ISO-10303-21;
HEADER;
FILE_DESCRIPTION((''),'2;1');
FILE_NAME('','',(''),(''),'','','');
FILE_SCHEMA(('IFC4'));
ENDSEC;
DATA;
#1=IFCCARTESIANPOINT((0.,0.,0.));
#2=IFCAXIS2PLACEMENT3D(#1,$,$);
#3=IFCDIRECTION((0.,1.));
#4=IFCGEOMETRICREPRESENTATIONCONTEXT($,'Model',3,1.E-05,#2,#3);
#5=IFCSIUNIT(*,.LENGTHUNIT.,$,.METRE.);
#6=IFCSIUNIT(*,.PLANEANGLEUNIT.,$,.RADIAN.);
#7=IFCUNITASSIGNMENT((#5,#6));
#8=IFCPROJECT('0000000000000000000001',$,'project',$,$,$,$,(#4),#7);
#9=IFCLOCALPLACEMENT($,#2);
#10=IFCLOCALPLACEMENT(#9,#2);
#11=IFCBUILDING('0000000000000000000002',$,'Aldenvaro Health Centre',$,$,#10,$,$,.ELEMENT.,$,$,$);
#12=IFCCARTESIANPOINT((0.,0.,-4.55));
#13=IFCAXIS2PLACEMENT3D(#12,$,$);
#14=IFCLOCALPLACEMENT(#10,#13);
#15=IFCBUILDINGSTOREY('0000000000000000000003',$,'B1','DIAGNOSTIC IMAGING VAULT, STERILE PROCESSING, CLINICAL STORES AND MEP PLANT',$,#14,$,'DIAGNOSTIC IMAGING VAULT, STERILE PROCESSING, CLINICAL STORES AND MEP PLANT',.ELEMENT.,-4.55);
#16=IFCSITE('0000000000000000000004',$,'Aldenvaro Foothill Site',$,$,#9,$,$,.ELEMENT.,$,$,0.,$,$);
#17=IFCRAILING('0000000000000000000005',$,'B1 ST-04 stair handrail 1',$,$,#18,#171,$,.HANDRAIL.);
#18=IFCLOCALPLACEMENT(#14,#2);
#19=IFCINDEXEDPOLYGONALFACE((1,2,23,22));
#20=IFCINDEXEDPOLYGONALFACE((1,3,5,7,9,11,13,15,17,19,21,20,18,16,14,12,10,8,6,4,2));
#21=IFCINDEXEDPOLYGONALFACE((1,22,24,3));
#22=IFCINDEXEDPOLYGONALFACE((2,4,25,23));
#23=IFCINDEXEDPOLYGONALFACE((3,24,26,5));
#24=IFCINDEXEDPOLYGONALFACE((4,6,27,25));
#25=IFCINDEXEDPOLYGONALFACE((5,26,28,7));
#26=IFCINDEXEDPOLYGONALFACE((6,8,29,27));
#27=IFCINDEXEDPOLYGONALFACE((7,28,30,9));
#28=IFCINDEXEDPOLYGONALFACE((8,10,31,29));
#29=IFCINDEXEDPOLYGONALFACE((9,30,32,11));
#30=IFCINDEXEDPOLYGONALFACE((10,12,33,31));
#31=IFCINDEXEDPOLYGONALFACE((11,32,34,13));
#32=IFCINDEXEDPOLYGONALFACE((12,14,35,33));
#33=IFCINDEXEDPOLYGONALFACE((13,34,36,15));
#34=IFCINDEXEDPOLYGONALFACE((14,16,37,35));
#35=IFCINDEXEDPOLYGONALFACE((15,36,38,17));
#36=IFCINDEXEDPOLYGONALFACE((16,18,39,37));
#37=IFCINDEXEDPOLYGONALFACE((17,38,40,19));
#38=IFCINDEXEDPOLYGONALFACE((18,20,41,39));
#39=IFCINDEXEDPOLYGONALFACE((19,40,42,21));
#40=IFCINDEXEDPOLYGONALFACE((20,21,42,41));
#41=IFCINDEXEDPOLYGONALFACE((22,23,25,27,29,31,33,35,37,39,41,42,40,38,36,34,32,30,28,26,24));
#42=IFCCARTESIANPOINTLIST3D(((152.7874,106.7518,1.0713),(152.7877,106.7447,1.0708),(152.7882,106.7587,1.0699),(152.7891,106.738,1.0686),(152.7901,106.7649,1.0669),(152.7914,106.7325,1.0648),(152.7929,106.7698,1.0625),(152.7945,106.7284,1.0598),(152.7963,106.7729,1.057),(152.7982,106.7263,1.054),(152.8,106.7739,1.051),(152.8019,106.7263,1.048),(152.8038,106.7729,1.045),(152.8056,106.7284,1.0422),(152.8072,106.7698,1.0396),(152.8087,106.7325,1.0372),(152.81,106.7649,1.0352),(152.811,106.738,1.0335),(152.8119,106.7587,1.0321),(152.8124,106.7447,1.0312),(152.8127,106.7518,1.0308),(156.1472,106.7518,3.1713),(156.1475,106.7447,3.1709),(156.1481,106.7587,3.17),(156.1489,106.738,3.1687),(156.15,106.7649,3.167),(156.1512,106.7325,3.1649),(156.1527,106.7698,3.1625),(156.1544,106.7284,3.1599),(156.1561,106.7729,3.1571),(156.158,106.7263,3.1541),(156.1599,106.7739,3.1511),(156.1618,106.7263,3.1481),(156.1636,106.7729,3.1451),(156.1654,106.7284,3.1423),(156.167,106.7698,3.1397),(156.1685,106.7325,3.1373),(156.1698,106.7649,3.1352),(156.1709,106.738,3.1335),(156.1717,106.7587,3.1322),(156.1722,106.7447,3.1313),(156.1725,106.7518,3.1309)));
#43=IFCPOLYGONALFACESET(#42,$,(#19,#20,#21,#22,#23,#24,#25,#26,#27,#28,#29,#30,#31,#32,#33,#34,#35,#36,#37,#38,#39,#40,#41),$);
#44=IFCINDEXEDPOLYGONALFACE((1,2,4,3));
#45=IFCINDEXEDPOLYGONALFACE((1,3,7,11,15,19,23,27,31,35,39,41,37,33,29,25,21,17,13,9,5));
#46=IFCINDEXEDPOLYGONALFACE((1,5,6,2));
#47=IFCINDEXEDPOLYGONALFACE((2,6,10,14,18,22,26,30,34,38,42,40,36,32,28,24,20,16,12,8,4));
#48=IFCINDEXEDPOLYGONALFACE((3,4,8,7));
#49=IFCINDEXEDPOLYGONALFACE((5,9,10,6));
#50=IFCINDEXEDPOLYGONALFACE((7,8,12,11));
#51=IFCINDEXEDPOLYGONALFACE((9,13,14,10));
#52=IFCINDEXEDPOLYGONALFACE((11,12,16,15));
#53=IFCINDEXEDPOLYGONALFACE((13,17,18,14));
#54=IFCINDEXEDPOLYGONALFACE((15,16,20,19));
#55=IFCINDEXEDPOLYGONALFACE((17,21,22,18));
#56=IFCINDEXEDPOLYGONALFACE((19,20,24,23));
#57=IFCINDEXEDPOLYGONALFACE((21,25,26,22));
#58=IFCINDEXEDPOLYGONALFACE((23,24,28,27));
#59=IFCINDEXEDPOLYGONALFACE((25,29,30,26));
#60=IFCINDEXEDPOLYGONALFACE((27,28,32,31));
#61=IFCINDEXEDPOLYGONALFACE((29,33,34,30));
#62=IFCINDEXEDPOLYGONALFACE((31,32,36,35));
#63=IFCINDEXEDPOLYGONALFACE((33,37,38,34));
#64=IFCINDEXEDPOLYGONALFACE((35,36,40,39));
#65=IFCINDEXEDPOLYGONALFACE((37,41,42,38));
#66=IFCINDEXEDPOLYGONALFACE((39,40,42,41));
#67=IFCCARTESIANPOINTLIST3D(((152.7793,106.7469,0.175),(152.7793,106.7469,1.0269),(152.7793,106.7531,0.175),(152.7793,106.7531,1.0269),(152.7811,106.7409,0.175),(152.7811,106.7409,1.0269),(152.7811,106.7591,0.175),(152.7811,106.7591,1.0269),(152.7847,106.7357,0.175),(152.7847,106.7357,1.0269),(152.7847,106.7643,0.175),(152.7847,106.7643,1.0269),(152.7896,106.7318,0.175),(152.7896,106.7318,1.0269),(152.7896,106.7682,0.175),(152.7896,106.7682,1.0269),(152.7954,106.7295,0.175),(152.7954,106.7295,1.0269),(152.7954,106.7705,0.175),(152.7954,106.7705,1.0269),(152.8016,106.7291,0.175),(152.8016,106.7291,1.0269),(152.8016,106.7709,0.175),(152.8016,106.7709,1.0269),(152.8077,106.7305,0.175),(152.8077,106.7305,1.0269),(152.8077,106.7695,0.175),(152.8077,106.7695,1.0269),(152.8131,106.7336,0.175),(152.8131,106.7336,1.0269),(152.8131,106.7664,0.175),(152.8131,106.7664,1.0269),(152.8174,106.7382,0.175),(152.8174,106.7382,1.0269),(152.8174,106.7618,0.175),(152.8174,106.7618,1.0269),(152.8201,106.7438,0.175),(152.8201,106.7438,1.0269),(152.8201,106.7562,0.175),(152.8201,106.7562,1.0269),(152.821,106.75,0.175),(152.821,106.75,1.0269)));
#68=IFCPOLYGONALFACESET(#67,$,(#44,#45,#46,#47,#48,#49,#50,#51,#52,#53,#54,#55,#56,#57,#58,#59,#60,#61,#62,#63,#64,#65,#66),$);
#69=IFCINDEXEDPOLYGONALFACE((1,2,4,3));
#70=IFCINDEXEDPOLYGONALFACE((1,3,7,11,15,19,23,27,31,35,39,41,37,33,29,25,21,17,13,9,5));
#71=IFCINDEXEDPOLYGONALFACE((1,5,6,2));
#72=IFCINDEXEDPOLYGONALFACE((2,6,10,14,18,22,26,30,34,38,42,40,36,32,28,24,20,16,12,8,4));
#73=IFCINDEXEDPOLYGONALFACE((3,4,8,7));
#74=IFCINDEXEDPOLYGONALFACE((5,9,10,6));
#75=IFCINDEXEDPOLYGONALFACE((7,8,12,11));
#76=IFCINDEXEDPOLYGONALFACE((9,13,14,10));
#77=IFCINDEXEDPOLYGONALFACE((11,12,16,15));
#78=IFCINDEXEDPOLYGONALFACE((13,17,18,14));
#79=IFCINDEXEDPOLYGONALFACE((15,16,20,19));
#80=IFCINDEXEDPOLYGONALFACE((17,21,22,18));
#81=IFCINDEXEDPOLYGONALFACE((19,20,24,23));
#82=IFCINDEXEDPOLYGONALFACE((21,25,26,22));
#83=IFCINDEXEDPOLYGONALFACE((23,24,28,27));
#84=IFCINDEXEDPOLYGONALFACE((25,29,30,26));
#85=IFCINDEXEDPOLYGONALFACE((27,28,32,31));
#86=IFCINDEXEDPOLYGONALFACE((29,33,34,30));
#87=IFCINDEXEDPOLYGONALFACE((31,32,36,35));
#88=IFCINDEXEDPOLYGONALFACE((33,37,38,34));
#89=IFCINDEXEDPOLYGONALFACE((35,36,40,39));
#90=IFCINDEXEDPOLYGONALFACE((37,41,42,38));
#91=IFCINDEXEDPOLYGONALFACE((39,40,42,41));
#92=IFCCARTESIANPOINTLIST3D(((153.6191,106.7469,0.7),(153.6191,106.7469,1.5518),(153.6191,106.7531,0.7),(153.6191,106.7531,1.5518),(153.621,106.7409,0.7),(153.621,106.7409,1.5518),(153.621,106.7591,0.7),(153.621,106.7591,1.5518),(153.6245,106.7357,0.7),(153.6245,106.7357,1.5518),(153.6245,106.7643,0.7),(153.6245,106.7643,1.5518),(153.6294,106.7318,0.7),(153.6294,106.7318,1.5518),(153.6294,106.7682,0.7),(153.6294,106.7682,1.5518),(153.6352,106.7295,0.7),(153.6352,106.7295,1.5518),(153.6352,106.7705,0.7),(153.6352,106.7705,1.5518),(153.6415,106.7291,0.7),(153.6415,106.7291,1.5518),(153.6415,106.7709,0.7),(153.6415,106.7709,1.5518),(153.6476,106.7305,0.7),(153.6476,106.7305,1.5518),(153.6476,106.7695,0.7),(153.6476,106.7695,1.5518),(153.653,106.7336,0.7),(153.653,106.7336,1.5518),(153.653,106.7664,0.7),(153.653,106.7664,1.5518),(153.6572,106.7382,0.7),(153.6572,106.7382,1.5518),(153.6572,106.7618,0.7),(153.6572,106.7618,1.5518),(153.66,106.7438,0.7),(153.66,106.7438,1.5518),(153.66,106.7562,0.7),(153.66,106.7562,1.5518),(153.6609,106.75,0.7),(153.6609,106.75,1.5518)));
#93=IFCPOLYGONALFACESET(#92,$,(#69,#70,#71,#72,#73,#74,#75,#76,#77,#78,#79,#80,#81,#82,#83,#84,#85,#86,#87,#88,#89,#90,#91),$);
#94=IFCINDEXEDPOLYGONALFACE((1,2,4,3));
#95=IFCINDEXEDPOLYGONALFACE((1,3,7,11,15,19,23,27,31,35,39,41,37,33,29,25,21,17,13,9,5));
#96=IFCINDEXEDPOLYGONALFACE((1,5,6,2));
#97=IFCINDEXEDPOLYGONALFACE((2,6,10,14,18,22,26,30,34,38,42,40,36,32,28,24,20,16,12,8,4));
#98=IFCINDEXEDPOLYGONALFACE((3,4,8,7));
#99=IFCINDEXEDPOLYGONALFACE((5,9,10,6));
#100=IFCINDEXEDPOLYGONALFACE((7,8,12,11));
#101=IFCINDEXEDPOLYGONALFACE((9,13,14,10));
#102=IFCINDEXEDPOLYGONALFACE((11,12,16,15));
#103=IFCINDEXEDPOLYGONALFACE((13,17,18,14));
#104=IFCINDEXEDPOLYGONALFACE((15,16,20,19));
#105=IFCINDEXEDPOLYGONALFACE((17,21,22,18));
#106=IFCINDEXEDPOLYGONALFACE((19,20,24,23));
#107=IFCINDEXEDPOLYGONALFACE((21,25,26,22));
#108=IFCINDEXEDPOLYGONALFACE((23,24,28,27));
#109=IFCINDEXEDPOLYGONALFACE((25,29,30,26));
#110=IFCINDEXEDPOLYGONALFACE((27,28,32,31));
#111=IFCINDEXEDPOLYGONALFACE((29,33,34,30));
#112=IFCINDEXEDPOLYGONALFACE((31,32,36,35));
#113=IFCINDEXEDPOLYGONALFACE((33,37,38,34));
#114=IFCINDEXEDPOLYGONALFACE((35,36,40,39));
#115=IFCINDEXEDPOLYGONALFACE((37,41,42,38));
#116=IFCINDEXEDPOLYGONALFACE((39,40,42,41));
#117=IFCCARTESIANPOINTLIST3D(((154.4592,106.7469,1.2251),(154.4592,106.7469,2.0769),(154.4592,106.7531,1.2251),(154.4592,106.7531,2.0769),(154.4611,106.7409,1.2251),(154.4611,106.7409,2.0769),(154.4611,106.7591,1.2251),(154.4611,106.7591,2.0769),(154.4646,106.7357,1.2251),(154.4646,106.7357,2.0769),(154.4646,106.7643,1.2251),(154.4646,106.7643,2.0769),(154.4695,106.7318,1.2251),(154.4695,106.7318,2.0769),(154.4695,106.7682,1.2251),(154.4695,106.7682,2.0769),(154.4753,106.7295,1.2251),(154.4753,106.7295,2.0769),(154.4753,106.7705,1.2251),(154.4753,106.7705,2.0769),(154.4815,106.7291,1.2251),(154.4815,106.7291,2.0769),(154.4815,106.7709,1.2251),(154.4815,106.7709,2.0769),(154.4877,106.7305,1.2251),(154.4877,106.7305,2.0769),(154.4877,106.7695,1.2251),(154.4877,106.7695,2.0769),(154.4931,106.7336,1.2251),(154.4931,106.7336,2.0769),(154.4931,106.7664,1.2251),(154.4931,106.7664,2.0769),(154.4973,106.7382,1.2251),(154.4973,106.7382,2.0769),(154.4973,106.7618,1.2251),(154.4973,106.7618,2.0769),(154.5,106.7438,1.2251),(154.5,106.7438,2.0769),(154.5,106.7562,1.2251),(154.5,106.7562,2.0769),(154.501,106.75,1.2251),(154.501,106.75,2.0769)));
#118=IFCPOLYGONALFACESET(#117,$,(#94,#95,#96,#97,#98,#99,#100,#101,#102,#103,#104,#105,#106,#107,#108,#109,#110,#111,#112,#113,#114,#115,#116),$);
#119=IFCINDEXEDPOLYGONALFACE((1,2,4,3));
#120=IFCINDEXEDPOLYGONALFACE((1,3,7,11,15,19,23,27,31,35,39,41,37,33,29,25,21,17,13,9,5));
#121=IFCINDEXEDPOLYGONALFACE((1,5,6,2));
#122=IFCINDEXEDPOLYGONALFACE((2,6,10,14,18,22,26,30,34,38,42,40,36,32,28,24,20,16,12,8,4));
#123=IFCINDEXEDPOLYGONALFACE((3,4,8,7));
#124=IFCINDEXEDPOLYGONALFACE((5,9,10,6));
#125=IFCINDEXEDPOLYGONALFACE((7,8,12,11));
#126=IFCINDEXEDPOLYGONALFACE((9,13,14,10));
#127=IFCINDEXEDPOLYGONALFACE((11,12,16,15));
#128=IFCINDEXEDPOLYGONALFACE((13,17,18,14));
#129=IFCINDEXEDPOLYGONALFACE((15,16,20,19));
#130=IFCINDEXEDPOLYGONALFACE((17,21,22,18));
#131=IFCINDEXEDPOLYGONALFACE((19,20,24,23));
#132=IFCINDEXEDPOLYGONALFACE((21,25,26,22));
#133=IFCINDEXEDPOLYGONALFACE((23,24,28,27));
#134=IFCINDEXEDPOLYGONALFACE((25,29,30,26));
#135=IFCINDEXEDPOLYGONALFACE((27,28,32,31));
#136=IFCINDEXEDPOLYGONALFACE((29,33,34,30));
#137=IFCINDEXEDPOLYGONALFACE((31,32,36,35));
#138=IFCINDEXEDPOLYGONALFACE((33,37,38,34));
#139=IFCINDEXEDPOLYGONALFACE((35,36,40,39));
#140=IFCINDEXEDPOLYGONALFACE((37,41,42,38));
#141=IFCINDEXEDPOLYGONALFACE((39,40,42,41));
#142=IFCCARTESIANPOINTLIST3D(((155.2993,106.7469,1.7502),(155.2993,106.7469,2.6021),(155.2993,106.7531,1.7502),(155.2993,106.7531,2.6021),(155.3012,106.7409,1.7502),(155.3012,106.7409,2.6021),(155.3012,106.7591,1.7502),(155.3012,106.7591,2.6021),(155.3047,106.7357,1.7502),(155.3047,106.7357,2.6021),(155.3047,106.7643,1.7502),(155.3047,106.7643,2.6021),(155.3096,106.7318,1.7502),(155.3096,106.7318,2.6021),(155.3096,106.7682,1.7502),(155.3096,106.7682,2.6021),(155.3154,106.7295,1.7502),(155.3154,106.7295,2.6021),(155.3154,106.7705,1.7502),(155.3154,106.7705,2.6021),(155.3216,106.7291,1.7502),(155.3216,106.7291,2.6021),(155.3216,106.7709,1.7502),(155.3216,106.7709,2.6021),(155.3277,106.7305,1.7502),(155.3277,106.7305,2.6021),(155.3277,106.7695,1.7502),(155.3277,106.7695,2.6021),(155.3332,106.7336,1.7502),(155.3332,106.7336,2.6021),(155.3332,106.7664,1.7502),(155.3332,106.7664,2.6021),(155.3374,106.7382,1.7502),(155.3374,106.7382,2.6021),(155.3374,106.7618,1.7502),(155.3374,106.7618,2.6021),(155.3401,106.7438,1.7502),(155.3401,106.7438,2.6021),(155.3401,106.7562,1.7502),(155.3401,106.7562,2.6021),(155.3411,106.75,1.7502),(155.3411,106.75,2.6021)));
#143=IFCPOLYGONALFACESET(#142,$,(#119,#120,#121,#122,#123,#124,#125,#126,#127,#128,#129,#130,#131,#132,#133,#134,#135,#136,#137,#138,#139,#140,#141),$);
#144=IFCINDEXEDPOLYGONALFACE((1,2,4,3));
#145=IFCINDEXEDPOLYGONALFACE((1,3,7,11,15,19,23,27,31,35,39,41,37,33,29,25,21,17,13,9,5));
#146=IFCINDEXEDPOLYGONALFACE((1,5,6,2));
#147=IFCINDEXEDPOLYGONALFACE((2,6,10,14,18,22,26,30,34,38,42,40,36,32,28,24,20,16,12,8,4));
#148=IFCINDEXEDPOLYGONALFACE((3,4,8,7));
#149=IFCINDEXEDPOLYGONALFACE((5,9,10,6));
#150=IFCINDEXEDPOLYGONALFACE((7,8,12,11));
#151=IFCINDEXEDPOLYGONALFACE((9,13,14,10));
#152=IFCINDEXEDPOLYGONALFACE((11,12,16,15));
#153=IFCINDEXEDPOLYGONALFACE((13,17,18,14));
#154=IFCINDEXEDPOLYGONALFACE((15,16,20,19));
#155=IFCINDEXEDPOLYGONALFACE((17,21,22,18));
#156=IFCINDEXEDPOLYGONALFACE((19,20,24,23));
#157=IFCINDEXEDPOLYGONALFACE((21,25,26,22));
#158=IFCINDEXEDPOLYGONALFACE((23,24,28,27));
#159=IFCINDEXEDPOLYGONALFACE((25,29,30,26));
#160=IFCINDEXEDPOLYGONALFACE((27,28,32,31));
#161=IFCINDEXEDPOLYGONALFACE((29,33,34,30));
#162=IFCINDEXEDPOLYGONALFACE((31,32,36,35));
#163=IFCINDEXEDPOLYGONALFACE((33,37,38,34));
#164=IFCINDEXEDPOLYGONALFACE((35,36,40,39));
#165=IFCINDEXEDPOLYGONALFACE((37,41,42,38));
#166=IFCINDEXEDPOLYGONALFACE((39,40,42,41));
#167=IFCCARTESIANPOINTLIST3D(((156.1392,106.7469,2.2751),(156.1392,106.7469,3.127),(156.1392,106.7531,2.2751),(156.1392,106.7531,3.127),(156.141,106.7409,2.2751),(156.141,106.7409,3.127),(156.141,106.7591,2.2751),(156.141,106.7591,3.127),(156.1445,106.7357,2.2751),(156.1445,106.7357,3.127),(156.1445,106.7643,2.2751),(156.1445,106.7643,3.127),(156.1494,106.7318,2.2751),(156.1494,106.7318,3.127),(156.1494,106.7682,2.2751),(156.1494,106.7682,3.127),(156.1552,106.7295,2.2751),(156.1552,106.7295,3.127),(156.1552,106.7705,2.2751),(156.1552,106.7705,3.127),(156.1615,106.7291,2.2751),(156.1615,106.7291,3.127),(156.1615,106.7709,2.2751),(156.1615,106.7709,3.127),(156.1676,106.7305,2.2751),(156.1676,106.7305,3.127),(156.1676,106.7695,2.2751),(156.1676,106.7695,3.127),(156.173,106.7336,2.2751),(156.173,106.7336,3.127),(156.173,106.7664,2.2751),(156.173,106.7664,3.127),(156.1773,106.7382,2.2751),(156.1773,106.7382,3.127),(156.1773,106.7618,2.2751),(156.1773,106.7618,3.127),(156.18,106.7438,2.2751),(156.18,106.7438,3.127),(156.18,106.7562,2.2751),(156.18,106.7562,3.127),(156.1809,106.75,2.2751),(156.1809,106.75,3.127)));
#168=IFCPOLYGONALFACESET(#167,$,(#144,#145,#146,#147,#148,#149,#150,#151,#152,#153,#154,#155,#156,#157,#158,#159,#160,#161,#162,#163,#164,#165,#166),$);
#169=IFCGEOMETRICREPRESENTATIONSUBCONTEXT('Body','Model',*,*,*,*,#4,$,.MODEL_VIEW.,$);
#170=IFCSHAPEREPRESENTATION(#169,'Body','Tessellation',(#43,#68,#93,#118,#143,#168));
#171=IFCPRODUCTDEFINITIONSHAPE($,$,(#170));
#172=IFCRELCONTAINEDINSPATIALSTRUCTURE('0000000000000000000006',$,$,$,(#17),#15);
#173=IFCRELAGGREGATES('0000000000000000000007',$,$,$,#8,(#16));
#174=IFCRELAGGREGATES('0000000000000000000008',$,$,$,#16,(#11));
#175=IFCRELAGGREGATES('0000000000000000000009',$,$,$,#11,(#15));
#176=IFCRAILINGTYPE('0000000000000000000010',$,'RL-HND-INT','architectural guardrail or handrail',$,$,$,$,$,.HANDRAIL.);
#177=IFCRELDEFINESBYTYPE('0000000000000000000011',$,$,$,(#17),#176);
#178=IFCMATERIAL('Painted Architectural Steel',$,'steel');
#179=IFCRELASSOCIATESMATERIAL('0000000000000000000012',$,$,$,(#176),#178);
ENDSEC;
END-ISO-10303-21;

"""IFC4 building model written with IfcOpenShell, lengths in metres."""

from ifc_helpers import new_model, si_unit, direction, frame, origin, origin_2d, place, context, subcontext, project, spatial, circle, extrude, material, type_object, element, save


model = new_model("IFC4")

# Units and contexts
model_context = context("Model", 3, precision=1e-05, world=origin(), true_north=direction((0.0, 1.0)))
body_context = subcontext(model_context, "Body", "Model", "MODEL_VIEW")
ifc_project = project(units=[si_unit("LENGTHUNIT", "METRE"), si_unit("PLANEANGLEUNIT", "RADIAN")], contexts=[model_context])

# Site, building, storey
site_placement = place(None, origin())
site = spatial("IfcSite", under=ifc_project, at=site_placement, Name="Aldenvaro Foothill Site", CompositionType="ELEMENT", RefElevation=0.0)
building_placement = place(site_placement, origin())
building = spatial("IfcBuilding", under=site, at=building_placement, Name="Aldenvaro Health Centre", CompositionType="ELEMENT")
storey_placement = place(building_placement, frame((0.0, 0.0, -4.55)))
storey = spatial("IfcBuildingStorey", under=building, at=storey_placement, Name="B1", Description="DIAGNOSTIC IMAGING VAULT, STERILE PROCESSING, CLINICAL STORES AND MEP PLANT", LongName="DIAGNOSTIC IMAGING VAULT, STERILE PROCESSING, CLINICAL STORES AND MEP PLANT", CompositionType="ELEMENT", Elevation=-4.55)

# Railing
ifc_material_1 = material(Name="Painted Architectural Steel", Category="steel")
railing_type_1 = type_object("IfcRailingType", Name="RL-HND-INT", Description="architectural guardrail or handrail", PredefinedType="HANDRAIL", material=ifc_material_1)
railing_1_placement = place(storey_placement, frame((152.8, 106.75, 0.175)))
element("IfcRailing", 1, at=railing_1_placement, inside=storey, type_object=railing_type_1, Name="B1 ST-04 stair handrail 1", PredefinedType="HANDRAIL", context=body_context, shape_type="SweptSolid", body=[
    extrude(circle(Radius=0.0239, at=origin_2d()), frame((0.0, 0.0, 0.876), z_axis=(0.847978, 0.0, 0.530032), x_axis=(0.0, 1.0, 0.0)), (0.0, 0.0, 1.0), 3.9622),
    extrude(circle(Radius=0.021, at=origin_2d()), origin(), (0.0, 0.0, 1.0), 0.8518),
    extrude(circle(Radius=0.021, at=origin_2d()), frame((0.8398, 0.0, 0.5249)), (0.0, 0.0, 1.0), 0.8518),
    extrude(circle(Radius=0.021, at=origin_2d()), frame((1.6799, 0.0, 1.05)), (0.0, 0.0, 1.0), 0.8518),
    extrude(circle(Radius=0.021, at=origin_2d()), frame((2.52, 0.0, 1.5752)), (0.0, 0.0, 1.0), 0.8518),
    extrude(circle(Radius=0.021, at=origin_2d()), frame((3.3599, 0.0, 2.1001)), (0.0, 0.0, 1.0), 0.8518),
])

save(model, "model.ifc")
